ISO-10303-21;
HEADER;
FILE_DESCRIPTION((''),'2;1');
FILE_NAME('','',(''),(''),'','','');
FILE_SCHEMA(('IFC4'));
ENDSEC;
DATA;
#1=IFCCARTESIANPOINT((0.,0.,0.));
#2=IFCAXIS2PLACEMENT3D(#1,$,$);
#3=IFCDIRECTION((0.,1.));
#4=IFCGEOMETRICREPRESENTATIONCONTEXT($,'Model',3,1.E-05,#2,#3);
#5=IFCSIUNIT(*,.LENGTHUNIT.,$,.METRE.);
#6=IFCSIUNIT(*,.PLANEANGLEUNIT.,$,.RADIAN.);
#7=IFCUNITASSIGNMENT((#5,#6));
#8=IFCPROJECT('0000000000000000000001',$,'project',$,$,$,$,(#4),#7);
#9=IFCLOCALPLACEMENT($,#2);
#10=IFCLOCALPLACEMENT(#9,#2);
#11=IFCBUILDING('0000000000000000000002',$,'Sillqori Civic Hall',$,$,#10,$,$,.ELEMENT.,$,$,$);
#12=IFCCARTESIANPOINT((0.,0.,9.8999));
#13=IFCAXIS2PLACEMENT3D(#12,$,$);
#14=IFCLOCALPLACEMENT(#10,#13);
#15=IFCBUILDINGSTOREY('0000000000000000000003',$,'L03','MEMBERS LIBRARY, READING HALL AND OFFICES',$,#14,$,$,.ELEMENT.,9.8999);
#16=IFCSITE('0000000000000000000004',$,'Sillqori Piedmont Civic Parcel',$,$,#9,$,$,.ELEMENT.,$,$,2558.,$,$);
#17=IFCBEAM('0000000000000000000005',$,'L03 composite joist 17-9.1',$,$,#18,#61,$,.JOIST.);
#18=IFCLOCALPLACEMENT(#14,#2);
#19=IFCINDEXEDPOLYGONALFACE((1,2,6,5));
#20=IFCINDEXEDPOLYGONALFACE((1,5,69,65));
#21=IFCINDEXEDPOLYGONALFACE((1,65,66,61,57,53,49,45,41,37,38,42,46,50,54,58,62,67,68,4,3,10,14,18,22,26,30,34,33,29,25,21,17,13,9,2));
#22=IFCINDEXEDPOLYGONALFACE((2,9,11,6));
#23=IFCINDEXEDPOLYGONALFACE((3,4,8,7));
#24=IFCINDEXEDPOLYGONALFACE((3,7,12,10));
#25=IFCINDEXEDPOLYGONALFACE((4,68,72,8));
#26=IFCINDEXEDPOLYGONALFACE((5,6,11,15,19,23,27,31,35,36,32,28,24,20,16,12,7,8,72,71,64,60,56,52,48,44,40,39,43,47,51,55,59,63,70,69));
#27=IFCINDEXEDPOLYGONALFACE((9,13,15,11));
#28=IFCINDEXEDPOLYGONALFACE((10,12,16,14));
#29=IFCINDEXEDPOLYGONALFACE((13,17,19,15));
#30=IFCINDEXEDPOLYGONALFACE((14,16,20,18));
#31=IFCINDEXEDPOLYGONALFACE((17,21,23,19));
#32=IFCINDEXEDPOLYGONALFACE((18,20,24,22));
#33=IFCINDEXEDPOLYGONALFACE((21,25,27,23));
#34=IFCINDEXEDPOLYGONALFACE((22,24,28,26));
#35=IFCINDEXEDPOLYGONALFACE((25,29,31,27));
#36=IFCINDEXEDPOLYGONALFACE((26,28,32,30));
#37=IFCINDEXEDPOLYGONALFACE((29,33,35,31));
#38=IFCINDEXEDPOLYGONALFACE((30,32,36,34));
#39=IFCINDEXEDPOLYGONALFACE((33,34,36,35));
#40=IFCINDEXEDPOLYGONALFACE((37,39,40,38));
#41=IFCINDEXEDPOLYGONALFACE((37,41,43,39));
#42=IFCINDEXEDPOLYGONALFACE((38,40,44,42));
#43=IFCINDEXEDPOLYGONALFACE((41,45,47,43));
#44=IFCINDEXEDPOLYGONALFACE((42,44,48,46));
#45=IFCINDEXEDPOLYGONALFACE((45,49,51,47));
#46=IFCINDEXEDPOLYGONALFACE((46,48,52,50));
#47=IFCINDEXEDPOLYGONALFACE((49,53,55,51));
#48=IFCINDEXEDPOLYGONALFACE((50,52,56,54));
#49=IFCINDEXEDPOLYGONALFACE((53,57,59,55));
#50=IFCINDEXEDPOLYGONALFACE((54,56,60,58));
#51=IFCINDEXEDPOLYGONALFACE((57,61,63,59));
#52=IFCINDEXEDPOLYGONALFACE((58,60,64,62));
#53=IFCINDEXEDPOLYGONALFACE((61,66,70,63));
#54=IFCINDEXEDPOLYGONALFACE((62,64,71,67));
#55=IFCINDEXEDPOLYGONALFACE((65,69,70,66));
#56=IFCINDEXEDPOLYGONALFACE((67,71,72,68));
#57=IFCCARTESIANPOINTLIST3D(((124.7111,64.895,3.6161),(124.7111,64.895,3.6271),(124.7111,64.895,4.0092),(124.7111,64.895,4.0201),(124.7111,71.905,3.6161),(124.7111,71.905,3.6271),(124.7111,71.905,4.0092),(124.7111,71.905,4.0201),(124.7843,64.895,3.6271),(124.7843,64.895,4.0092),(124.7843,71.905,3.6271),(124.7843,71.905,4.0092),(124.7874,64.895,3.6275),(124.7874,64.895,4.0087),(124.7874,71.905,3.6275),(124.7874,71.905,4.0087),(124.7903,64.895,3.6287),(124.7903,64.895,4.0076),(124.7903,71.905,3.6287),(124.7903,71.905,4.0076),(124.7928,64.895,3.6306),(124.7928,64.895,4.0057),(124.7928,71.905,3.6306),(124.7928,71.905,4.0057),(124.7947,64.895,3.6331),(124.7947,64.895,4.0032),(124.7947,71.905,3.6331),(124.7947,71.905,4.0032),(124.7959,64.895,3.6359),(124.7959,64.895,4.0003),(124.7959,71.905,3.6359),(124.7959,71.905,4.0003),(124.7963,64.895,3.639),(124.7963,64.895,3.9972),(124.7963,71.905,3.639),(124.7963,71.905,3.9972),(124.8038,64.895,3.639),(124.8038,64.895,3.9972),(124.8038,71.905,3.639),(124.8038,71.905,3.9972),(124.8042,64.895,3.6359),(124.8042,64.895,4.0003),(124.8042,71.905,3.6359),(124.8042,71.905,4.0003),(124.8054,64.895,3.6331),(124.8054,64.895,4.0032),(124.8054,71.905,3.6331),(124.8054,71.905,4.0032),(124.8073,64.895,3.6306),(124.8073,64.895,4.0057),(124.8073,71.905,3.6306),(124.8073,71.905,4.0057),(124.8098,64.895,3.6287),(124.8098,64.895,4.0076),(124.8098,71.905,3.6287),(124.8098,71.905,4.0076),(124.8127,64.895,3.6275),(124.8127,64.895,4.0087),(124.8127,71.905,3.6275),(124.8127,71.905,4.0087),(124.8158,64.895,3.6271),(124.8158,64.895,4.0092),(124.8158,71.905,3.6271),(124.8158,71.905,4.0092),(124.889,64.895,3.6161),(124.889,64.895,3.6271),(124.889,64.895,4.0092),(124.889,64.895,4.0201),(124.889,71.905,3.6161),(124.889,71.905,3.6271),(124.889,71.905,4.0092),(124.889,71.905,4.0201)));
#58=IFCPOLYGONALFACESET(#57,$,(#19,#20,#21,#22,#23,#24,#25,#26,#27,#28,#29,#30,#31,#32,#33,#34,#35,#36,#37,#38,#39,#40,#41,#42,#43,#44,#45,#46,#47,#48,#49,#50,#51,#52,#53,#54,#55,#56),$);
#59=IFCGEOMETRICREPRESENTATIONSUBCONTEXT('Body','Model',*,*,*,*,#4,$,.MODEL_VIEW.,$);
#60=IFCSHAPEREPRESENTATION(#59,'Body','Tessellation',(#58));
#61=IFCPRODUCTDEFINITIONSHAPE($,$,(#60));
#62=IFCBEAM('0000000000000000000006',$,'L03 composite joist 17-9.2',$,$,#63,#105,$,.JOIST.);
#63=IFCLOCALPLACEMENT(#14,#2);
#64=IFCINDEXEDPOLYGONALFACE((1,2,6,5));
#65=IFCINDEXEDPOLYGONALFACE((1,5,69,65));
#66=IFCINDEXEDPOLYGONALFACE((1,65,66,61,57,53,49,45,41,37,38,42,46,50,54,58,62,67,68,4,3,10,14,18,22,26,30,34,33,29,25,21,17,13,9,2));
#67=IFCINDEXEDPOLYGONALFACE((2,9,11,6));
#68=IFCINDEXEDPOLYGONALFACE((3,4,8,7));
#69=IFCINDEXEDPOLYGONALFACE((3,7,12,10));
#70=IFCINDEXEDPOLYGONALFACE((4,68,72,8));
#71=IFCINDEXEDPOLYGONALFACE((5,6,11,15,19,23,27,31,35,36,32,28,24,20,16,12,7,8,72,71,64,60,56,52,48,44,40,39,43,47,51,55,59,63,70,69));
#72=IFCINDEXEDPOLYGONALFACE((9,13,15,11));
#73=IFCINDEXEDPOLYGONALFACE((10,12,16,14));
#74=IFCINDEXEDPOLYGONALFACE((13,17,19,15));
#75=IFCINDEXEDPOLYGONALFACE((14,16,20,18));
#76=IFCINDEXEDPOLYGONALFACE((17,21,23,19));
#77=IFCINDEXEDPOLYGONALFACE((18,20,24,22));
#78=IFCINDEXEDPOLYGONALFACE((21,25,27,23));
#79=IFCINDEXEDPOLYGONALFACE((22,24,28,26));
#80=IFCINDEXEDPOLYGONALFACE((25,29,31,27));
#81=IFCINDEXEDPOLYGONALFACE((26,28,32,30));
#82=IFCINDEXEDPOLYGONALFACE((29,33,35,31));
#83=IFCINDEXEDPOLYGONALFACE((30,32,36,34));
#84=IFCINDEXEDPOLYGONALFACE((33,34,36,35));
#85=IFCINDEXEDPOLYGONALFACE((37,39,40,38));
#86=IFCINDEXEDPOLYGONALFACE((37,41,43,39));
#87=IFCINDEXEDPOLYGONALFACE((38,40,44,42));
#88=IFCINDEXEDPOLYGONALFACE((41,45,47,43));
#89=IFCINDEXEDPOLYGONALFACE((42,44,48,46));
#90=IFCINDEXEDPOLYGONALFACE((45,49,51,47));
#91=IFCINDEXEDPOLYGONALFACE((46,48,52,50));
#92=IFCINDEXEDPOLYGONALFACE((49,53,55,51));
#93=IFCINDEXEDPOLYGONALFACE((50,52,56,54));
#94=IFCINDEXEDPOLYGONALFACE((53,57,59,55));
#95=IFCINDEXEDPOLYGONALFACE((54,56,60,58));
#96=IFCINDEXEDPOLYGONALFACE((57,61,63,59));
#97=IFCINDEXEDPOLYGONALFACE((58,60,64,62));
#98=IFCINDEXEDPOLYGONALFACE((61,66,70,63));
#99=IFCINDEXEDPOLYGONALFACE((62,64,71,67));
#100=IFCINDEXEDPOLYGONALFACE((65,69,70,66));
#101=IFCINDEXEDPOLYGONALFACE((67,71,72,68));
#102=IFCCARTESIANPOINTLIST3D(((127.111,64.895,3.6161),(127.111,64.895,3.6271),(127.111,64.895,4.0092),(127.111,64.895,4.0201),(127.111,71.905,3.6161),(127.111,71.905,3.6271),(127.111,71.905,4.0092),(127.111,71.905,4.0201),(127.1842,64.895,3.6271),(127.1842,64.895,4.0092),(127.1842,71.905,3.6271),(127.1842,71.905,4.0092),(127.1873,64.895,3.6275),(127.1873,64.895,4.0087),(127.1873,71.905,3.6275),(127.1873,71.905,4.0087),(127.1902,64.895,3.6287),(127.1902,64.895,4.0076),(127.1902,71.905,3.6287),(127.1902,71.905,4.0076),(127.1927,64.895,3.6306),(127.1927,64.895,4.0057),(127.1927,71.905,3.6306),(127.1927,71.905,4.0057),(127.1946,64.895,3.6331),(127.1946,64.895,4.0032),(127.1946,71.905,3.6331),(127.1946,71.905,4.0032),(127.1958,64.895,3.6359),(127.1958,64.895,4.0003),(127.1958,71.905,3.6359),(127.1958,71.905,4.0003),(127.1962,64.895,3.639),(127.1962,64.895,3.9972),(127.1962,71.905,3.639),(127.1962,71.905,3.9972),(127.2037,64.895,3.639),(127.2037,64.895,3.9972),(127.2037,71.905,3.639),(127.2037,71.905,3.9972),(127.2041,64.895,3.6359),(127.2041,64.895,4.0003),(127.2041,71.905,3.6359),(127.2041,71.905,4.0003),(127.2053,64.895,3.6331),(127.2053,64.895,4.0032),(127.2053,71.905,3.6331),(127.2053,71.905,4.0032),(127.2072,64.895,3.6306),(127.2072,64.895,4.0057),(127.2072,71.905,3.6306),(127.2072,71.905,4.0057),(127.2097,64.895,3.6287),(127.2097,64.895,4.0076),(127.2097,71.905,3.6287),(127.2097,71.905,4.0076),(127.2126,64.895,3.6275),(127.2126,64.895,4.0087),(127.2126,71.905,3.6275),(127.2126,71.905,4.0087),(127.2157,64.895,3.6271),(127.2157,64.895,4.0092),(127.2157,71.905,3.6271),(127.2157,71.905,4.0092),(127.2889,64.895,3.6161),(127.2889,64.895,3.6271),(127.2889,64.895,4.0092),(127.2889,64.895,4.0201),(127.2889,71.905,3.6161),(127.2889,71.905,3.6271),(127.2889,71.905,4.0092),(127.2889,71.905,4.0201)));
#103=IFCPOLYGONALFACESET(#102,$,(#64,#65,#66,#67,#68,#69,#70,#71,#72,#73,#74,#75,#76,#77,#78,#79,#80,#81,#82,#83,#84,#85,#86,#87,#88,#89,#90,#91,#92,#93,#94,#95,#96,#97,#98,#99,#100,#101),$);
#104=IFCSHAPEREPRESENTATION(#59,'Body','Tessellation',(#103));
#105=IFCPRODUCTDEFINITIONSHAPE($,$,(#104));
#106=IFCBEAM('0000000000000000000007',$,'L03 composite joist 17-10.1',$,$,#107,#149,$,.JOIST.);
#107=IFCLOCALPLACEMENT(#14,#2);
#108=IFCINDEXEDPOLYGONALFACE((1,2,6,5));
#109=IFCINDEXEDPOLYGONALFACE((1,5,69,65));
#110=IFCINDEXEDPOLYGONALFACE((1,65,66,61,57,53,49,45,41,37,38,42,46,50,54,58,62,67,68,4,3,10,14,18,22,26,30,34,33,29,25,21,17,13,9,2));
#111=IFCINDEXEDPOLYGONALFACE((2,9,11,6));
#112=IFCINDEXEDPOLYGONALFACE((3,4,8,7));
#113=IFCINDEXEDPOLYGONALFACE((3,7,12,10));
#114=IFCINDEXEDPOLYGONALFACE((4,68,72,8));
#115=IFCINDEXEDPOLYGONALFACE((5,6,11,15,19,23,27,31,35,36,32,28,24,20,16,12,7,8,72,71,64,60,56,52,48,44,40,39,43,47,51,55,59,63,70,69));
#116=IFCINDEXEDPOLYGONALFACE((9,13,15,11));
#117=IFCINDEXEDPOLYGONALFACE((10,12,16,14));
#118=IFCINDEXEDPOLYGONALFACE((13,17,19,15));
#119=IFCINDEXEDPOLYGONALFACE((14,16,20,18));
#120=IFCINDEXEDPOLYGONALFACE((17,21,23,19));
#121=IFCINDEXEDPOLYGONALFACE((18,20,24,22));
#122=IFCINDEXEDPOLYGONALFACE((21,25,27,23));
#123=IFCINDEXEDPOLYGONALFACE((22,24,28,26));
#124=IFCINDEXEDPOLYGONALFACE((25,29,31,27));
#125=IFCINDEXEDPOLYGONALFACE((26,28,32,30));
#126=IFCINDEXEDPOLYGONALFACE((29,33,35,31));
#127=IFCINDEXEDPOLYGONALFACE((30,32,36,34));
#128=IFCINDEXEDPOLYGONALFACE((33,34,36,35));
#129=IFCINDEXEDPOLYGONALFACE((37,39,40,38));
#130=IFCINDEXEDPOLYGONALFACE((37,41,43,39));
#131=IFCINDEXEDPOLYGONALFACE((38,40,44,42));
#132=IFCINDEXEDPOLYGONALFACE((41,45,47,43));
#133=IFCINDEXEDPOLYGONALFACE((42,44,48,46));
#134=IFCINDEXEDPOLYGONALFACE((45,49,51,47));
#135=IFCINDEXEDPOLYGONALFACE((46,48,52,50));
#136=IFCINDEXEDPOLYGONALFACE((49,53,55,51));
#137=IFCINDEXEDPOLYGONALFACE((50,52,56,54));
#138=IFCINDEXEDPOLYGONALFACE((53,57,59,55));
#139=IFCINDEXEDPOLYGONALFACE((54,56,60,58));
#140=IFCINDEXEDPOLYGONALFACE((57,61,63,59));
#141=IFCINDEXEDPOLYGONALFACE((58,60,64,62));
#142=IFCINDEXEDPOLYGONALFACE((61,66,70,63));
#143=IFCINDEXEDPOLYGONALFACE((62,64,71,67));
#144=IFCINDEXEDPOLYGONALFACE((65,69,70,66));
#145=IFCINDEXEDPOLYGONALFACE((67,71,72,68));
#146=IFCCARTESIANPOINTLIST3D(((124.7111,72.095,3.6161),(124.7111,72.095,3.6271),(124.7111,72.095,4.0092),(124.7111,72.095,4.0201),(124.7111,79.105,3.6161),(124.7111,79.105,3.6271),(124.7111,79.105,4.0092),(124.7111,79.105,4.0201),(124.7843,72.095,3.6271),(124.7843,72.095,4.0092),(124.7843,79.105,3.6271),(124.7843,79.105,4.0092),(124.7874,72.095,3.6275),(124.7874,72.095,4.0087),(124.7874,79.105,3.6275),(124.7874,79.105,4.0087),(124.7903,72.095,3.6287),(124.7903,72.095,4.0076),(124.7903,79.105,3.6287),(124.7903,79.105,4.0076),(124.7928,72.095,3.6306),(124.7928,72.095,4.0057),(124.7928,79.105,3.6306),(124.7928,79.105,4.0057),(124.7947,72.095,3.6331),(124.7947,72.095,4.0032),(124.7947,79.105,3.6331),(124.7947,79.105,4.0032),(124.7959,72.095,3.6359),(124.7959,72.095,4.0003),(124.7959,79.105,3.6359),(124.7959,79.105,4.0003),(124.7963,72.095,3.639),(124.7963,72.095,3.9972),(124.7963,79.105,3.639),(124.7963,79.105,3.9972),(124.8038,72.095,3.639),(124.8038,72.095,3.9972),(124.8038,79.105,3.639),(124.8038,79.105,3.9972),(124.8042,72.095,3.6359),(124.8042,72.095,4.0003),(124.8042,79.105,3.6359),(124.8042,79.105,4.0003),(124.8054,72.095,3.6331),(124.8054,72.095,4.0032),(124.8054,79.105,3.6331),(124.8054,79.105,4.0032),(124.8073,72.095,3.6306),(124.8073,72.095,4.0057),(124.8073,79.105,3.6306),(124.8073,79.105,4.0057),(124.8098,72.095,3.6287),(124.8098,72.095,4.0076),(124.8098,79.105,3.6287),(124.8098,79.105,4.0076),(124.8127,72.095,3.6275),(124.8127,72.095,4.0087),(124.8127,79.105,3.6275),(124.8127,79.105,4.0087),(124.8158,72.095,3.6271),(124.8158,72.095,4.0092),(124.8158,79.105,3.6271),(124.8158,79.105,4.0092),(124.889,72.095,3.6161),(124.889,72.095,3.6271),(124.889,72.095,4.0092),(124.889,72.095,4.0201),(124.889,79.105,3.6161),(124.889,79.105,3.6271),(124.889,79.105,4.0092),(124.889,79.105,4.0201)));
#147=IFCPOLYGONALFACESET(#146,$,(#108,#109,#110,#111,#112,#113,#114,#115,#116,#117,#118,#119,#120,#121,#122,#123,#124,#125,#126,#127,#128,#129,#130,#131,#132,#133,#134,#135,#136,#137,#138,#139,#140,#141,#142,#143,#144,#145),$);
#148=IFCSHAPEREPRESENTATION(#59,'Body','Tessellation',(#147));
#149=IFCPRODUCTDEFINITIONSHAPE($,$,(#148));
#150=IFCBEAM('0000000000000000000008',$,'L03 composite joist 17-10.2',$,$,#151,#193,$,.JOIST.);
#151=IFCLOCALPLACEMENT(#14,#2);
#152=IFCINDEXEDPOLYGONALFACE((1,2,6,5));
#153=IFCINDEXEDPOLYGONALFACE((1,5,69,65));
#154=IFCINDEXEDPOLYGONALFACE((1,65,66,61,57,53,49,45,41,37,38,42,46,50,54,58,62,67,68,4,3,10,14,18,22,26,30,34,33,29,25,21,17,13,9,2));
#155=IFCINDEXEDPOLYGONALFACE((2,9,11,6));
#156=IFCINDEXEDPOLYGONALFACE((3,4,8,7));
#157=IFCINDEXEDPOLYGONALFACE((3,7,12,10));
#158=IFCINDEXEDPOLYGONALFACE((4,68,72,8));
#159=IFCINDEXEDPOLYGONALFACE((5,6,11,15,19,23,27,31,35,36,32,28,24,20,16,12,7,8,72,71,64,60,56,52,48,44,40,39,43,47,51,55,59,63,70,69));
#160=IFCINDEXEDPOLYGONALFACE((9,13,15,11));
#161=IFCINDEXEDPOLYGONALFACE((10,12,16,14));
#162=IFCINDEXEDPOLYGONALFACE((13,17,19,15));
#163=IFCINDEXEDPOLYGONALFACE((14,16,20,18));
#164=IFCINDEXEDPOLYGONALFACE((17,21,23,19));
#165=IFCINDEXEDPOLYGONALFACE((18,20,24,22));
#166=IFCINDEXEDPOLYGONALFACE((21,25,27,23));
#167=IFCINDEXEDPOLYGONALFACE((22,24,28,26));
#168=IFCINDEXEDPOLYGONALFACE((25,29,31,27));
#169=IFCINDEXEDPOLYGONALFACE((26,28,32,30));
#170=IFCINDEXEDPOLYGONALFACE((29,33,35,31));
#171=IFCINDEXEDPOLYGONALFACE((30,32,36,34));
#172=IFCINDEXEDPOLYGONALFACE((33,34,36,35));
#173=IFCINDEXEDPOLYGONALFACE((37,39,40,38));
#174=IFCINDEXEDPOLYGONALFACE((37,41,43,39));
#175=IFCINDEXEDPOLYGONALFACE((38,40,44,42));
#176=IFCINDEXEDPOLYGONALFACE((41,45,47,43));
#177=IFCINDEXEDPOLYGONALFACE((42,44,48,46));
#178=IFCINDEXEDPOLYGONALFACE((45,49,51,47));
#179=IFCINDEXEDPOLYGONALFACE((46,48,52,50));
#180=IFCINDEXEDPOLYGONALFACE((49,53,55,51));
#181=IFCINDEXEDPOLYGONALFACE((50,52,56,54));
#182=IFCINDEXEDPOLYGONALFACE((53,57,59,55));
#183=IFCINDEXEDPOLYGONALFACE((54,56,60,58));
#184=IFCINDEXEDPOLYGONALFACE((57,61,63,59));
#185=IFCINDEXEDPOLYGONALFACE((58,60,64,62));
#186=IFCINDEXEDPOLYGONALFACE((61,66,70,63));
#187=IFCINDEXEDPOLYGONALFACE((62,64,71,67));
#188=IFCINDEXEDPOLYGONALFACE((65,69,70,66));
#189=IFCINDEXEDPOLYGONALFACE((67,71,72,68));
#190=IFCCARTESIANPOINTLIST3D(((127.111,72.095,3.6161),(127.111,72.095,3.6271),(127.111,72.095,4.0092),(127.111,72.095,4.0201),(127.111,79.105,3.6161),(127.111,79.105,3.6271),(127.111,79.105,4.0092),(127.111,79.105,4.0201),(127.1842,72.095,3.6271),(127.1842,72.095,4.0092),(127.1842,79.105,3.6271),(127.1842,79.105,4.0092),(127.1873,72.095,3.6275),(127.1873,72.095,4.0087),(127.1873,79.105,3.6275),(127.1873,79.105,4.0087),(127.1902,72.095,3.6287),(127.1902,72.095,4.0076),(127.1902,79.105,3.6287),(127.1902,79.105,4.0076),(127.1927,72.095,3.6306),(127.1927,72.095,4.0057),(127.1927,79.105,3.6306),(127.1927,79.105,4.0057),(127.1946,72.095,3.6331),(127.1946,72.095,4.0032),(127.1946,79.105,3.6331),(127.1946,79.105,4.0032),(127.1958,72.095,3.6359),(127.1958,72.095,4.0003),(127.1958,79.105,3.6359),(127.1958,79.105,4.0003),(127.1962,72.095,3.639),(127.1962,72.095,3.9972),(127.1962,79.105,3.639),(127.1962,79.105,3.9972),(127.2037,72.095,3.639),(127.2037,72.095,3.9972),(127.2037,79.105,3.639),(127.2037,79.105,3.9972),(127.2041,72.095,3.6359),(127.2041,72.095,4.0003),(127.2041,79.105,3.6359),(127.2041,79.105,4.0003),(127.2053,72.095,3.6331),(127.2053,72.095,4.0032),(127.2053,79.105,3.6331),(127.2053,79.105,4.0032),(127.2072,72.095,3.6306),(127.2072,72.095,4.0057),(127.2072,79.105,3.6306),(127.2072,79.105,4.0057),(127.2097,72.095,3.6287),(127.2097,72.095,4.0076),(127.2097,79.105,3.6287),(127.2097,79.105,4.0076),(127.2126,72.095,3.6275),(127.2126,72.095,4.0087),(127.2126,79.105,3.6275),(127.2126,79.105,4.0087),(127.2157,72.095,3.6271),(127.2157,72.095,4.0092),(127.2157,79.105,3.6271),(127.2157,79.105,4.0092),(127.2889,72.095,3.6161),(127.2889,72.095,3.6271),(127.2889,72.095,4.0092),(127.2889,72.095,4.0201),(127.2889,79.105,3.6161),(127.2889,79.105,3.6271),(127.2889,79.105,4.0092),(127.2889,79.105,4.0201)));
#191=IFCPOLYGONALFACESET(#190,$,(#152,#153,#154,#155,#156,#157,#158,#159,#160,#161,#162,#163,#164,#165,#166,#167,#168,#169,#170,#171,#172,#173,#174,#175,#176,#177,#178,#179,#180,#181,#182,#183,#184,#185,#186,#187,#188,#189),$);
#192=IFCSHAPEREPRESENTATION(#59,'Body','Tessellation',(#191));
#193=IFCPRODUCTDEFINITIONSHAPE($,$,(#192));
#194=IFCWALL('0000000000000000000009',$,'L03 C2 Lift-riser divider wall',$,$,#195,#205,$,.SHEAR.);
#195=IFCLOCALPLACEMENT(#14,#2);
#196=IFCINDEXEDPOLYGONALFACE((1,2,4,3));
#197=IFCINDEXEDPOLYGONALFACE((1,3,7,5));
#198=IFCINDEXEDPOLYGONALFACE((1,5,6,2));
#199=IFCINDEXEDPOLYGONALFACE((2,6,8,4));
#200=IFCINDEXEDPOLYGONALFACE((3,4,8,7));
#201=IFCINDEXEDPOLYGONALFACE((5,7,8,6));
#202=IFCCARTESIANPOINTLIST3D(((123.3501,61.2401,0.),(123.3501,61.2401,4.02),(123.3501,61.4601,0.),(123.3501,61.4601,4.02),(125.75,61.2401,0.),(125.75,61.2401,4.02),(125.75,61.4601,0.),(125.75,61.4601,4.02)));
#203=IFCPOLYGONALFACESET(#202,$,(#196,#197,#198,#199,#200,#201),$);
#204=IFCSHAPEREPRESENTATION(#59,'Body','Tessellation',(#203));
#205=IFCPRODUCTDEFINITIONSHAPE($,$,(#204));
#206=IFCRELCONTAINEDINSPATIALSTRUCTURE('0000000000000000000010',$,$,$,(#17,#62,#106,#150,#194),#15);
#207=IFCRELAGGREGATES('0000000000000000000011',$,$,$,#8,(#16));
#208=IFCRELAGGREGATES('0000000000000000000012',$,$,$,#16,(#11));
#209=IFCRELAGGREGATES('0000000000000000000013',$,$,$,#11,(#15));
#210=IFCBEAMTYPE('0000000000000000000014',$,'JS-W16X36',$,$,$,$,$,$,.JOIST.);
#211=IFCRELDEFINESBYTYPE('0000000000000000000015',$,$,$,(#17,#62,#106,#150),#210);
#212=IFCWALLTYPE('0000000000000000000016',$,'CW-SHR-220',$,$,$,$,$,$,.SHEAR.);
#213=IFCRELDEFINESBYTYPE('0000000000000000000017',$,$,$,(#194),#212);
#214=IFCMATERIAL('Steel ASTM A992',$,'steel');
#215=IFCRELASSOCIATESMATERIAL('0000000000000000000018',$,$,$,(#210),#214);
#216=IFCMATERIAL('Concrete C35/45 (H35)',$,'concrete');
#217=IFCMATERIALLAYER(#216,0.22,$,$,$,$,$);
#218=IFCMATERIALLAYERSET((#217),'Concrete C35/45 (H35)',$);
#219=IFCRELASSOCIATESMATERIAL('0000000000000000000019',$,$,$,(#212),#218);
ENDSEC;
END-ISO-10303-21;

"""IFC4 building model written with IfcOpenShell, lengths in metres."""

from ifc_helpers import new_model, si_unit, direction, frame, frame_2d, origin, origin_2d, place, context, subcontext, project, spatial, rectangle, i_section, extrude, material, layer, layer_set, material_profile, profile_set, type_object, element, save


model = new_model("IFC4")

# Units and contexts
model_context = context("Model", 3, precision=1e-05, world=origin(), true_north=direction((0.0, 1.0)))
body_context = subcontext(model_context, "Body", "Model", "MODEL_VIEW")
ifc_project = project(units=[si_unit("LENGTHUNIT", "METRE"), si_unit("PLANEANGLEUNIT", "RADIAN")], contexts=[model_context])

# Site, building, storey
site_placement = place(None, origin())
site = spatial("IfcSite", under=ifc_project, at=site_placement, Name="Sillqori Piedmont Civic Parcel", CompositionType="ELEMENT", RefElevation=2558.0)
building_placement = place(site_placement, origin())
building = spatial("IfcBuilding", under=site, at=building_placement, Name="Sillqori Civic Hall", CompositionType="ELEMENT")
storey_placement = place(building_placement, frame((0.0, 0.0, 9.8999)))
storey = spatial("IfcBuildingStorey", under=building, at=storey_placement, Name="L03", Description="MEMBERS LIBRARY, READING HALL AND OFFICES", CompositionType="ELEMENT", Elevation=9.8999)

# Shared definitions
ifc_material_1 = material(Name="Steel ASTM A992", Category="steel")

# Beams
ifc_material_profile_1 = material_profile(ifc_material_1, i_section(OverallWidth=0.178, OverallDepth=0.4041, WebThickness=0.0076, FlangeThickness=0.011, FilletRadius=0.012, at=origin_2d()), Name="W16X36")
ifc_profile_set_1 = profile_set([ifc_material_profile_1], Name="Steel ASTM A992")
beam_type_1 = type_object("IfcBeamType", Name="JS-W16X36", PredefinedType="JOIST", material=ifc_profile_set_1)
for number, where, z_axis, x_axis, name in (
    (1, (124.8, 64.895, 3.8181), (0.0, 1.0, 0.0), (-1.0, 0.0, 0.0), "L03 composite joist 17-9.1"),
    (2, (127.2, 64.895, 3.8181), (0.0, 1.0, 0.0), (-1.0, 0.0, 0.0), "L03 composite joist 17-9.2"),
    (3, (124.8, 72.095, 3.8181), (0.0, 1.0, 0.0), (-1.0, 0.0, 0.0), "L03 composite joist 17-10.1"),
    (4, (127.2, 72.095, 3.8181), (0.0, 1.0, 0.0), (-1.0, 0.0, 0.0), "L03 composite joist 17-10.2"),
):
    element("IfcBeam", number, at=place(storey_placement, frame(where, z_axis=z_axis, x_axis=x_axis)), inside=storey, type_object=beam_type_1, Name=name, PredefinedType="JOIST", context=body_context, shape_type="SweptSolid", body=[
        extrude(i_section(OverallWidth=0.178, OverallDepth=0.4041, WebThickness=0.0076, FlangeThickness=0.011, FilletRadius=0.012, at=origin_2d()), origin(), (0.0, 0.0, 1.0), 7.01),
    ])

# Wall
ifc_material_2 = material(Name="Concrete C35/45 (H35)", Category="concrete")
ifc_layer_1 = layer(ifc_material_2, 0.22)
ifc_layer_set_1 = layer_set([ifc_layer_1], Name="Concrete C35/45 (H35)")
wall_type_1 = type_object("IfcWallType", Name="CW-SHR-220", PredefinedType="SHEAR", material=ifc_layer_set_1)
wall_1_placement = place(storey_placement, frame((123.3501, 61.3501, 0.0), z_axis=(0.0, 0.0, 1.0), x_axis=(1.0, 0.0, 0.0)))
element("IfcWall", 5, at=wall_1_placement, inside=storey, type_object=wall_type_1, Name="L03 C2 Lift-riser divider wall", PredefinedType="SHEAR", context=body_context, shape_type="SweptSolid", body=[
    extrude(rectangle(XDim=2.3999, YDim=0.22, at=frame_2d((1.2, 0.0))), origin(), (0.0, 0.0, 1.0), 4.02),
])

save(model, "model.ifc")
